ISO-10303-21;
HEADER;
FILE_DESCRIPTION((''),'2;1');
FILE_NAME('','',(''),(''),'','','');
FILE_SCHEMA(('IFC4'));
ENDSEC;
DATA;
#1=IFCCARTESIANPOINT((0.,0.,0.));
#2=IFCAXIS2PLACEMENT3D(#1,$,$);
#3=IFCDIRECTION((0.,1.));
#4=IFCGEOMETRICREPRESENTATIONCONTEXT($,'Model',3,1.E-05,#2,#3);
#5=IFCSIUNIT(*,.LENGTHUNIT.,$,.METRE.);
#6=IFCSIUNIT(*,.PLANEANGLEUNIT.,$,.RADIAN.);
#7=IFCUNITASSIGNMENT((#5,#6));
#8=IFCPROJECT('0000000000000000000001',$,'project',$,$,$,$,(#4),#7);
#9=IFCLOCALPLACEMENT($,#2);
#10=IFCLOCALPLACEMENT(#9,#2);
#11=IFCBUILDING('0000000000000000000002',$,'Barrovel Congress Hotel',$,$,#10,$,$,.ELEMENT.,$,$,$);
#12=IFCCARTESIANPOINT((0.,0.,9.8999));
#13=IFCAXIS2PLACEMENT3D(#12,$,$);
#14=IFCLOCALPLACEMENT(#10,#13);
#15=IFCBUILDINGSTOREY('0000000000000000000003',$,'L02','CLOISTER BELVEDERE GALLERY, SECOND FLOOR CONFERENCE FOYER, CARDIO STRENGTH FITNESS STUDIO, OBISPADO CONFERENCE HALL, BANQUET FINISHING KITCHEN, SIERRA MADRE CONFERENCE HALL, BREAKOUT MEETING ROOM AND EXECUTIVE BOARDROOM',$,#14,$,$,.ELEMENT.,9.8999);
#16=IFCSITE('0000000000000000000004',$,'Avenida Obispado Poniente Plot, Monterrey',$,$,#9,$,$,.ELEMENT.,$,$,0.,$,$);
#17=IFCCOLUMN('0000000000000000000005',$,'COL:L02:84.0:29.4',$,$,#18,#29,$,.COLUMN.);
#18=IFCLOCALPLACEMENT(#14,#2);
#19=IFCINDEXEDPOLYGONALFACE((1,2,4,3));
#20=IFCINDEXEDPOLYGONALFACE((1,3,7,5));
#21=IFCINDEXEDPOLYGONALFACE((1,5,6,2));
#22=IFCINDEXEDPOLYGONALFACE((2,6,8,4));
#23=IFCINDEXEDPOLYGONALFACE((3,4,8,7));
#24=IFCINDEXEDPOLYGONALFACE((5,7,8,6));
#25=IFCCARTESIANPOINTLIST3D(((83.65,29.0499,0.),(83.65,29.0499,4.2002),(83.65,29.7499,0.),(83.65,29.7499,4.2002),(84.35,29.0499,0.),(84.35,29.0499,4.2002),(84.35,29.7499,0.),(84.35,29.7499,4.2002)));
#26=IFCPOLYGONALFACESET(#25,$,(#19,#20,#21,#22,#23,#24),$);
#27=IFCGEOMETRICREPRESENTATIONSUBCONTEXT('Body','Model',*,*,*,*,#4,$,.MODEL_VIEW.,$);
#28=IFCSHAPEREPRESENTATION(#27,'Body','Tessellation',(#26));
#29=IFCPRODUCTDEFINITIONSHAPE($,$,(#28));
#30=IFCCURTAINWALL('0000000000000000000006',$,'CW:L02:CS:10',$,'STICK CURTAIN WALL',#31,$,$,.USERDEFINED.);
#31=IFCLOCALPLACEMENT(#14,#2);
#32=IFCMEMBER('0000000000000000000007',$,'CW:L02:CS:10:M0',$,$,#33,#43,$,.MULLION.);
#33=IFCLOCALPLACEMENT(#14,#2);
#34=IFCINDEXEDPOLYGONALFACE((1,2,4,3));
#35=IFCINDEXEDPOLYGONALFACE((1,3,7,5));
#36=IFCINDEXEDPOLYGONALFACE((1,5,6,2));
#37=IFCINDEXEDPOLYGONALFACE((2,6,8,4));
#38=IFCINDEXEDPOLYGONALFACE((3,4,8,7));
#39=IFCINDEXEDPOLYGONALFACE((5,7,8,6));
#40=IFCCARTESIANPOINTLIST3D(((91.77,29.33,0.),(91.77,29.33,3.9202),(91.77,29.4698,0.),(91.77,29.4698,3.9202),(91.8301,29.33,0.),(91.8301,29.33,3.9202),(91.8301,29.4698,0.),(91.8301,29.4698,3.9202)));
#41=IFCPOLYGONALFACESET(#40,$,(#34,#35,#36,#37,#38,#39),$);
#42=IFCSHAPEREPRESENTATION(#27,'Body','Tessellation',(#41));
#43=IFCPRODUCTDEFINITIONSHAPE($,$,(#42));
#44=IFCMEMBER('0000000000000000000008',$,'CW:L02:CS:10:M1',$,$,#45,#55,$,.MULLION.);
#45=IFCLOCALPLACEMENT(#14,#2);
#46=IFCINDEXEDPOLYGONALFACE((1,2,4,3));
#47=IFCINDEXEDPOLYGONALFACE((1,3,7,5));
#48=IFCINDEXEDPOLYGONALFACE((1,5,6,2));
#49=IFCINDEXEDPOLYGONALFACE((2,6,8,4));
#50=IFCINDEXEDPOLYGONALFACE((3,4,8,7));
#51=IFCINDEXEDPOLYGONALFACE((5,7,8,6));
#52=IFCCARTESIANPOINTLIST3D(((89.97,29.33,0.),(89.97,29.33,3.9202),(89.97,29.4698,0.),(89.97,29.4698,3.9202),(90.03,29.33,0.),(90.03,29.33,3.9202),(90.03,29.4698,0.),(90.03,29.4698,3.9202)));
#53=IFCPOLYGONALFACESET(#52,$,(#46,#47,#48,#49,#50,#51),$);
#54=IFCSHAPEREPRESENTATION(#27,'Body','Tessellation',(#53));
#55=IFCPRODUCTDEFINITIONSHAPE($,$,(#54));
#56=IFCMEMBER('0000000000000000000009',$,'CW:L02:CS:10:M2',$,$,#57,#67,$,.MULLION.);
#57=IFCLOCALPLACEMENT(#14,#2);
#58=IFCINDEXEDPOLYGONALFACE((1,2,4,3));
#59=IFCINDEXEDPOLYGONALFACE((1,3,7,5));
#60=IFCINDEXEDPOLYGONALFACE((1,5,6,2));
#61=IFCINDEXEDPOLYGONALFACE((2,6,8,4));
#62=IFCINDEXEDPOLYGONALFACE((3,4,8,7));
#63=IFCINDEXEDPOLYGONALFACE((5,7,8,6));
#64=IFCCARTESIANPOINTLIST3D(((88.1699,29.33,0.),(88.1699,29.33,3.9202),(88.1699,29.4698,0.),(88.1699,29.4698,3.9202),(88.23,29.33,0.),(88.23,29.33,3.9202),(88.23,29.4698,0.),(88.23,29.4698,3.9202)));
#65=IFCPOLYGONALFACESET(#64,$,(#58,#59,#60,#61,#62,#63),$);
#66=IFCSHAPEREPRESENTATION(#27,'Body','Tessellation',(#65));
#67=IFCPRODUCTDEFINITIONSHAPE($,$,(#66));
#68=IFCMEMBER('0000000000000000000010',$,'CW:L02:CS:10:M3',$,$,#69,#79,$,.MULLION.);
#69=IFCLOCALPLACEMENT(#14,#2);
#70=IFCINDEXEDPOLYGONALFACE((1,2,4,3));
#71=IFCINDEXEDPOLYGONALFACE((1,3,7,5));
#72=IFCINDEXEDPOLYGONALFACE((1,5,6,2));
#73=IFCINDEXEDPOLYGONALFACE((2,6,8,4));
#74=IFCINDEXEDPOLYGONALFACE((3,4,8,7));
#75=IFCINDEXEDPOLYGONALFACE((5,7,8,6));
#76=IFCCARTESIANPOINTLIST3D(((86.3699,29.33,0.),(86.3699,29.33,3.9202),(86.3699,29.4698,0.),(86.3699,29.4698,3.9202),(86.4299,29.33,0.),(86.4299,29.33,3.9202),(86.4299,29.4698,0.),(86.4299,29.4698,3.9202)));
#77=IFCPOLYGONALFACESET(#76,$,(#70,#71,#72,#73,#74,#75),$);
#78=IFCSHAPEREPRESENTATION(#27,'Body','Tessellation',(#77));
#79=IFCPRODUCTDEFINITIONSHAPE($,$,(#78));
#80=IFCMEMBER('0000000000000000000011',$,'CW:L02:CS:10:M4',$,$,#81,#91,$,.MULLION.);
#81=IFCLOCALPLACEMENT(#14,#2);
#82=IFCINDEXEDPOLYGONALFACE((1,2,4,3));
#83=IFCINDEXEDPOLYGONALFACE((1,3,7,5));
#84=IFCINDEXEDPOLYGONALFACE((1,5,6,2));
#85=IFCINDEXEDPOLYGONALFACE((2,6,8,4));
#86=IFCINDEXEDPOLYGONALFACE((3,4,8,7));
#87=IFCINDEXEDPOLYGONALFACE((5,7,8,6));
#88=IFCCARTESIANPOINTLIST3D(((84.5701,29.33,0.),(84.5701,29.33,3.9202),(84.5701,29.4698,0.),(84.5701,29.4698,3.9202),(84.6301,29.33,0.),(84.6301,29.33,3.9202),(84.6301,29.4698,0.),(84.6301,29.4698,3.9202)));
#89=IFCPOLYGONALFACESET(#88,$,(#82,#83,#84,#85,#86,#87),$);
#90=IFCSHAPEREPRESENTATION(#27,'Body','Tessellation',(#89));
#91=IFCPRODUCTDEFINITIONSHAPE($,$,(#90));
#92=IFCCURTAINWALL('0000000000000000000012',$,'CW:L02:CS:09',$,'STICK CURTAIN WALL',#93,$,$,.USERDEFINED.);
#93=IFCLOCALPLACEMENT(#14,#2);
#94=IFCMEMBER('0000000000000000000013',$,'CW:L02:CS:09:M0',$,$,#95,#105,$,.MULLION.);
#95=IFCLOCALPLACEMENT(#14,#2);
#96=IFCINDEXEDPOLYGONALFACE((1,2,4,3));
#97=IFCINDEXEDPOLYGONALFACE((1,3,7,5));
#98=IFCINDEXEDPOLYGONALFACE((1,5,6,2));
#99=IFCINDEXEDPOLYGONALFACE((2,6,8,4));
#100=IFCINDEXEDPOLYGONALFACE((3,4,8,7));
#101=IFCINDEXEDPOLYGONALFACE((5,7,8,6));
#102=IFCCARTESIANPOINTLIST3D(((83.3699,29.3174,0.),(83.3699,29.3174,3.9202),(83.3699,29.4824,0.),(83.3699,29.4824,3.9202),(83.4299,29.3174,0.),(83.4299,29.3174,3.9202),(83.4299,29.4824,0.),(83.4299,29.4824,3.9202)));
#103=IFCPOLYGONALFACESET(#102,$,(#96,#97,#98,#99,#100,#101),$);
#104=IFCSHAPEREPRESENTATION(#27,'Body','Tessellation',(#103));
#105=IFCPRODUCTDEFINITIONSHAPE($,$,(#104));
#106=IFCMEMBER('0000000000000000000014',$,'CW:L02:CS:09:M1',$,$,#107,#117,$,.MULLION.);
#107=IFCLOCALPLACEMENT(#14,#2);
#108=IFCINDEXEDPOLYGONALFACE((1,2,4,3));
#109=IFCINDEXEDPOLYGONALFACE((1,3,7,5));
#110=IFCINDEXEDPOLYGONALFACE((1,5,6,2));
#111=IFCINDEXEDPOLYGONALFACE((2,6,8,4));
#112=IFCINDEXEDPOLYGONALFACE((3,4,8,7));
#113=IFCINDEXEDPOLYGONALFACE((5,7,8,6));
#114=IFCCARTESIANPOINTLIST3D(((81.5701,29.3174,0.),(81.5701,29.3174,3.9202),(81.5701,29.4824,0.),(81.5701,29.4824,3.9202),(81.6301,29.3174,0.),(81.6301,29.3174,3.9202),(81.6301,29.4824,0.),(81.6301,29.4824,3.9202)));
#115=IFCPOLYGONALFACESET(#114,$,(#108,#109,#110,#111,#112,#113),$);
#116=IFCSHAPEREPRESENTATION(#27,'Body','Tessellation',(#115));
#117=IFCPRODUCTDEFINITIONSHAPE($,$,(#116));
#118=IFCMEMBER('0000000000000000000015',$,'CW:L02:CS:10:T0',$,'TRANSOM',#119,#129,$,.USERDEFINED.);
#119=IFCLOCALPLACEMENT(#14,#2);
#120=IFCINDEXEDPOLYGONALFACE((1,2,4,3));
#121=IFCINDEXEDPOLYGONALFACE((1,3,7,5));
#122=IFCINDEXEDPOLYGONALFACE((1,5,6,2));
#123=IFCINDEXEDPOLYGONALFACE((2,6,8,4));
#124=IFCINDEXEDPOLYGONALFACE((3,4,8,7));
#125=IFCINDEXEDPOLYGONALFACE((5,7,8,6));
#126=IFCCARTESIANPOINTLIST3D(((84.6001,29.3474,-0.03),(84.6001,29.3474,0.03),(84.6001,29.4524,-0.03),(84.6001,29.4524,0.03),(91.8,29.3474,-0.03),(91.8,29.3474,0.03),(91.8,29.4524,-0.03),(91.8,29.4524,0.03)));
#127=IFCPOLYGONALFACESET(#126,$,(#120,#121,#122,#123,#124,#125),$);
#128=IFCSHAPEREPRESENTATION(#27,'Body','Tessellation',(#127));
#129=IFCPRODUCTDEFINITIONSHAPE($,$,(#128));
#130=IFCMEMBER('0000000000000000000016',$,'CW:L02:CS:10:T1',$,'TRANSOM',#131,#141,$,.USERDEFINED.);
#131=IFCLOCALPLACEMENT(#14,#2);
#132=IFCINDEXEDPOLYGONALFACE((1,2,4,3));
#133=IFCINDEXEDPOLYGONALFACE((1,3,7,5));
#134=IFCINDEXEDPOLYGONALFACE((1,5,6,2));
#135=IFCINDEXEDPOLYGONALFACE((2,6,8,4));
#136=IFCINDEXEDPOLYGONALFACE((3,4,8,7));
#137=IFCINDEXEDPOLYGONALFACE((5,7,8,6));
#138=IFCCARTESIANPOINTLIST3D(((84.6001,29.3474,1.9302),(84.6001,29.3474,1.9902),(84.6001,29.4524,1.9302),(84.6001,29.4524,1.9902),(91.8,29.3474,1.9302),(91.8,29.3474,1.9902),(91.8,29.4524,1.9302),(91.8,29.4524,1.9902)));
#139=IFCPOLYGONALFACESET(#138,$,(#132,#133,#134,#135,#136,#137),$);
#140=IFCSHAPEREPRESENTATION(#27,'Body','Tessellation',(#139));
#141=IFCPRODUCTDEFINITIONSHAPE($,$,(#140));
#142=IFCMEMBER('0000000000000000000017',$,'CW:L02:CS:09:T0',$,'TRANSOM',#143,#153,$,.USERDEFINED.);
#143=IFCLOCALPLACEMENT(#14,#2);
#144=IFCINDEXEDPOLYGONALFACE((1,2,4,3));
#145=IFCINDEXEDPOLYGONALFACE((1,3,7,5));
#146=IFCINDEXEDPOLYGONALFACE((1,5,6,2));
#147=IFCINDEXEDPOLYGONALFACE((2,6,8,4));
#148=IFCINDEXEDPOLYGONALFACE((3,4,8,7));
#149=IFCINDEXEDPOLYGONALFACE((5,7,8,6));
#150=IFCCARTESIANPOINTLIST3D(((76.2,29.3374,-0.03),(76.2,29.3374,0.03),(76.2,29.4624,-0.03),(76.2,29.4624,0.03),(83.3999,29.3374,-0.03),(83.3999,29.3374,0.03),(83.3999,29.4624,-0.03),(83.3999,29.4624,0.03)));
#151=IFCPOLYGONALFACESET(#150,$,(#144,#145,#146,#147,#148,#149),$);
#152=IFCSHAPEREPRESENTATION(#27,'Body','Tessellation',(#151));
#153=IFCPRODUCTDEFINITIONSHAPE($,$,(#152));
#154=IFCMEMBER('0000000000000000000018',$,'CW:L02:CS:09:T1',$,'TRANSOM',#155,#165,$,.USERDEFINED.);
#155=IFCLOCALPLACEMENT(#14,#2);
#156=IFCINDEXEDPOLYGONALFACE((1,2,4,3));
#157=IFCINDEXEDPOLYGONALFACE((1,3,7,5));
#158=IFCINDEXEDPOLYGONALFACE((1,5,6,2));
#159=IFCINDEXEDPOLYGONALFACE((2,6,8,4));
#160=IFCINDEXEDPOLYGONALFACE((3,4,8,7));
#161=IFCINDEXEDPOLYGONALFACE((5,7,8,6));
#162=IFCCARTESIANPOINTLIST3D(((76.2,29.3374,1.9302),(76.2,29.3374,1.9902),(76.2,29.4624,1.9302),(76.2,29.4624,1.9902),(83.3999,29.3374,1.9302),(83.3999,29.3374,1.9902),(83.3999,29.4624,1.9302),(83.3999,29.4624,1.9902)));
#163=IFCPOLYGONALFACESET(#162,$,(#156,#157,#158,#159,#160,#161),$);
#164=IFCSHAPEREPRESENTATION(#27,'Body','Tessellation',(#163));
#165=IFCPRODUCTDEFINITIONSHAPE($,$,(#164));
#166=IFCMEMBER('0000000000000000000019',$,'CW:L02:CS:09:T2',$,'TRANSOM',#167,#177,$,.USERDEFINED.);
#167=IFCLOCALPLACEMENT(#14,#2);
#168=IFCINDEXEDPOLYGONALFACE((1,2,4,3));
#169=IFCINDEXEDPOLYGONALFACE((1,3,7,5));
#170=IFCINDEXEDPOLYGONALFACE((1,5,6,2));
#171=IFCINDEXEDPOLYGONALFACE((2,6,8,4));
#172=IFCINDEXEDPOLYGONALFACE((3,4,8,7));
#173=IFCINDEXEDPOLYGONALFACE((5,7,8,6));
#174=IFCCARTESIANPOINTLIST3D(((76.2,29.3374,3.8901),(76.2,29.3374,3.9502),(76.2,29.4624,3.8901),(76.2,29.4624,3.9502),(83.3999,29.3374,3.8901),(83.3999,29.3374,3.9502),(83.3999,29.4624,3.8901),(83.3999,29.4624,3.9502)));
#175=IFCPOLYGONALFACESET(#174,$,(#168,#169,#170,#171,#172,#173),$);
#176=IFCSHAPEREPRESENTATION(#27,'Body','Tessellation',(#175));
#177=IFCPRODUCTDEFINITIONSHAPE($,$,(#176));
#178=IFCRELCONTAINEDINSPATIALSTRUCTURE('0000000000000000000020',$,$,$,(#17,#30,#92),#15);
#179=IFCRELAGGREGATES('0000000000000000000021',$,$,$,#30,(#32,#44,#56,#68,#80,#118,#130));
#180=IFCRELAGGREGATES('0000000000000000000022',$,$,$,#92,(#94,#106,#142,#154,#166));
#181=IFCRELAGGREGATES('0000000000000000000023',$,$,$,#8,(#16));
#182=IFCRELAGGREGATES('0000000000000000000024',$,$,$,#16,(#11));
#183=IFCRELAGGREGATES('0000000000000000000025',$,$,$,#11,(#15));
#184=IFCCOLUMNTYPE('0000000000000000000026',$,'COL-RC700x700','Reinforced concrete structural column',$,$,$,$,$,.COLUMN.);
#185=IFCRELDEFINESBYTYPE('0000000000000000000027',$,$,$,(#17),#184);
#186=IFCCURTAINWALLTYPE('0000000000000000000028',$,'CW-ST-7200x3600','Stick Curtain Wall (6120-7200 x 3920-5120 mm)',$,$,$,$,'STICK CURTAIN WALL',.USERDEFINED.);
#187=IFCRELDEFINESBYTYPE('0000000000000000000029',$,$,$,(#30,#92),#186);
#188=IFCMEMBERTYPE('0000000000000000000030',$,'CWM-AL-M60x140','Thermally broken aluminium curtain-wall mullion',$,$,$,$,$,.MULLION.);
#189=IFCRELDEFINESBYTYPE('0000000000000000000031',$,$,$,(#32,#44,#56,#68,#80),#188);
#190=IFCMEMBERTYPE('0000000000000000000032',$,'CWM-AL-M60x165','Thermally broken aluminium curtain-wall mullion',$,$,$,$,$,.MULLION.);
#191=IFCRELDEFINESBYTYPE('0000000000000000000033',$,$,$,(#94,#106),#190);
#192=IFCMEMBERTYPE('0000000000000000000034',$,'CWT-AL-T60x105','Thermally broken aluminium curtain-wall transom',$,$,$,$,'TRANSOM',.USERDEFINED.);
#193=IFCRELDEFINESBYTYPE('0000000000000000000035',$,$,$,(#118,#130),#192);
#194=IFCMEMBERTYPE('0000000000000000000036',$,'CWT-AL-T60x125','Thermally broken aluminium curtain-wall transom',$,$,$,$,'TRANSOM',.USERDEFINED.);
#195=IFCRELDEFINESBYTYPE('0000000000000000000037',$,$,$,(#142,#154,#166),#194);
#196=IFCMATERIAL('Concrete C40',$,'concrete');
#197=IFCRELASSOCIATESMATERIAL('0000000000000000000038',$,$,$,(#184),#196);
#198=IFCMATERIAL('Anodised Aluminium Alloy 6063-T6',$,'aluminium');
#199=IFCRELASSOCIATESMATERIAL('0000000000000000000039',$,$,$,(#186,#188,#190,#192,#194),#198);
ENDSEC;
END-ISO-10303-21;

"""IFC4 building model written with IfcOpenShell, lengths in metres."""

from ifc_helpers import new_model, si_unit, direction, frame, origin, origin_2d, place, context, subcontext, project, spatial, rectangle, extrude, material, material_profile, profile_set, type_object, element, aggregate, save


model = new_model("IFC4")

# Units and contexts
model_context = context("Model", 3, precision=1e-05, world=origin(), true_north=direction((0.0, 1.0)))
body_context = subcontext(model_context, "Body", "Model", "MODEL_VIEW")
ifc_project = project(units=[si_unit("LENGTHUNIT", "METRE"), si_unit("PLANEANGLEUNIT", "RADIAN")], contexts=[model_context])

# Site, building, storey
site_placement = place(None, origin())
site = spatial("IfcSite", under=ifc_project, at=site_placement, Name="Avenida Obispado Poniente Plot, Monterrey", CompositionType="ELEMENT", RefElevation=0.0)
building_placement = place(site_placement, origin())
building = spatial("IfcBuilding", under=site, at=building_placement, Name="Barrovel Congress Hotel", CompositionType="ELEMENT")
storey_placement = place(building_placement, frame((0.0, 0.0, 9.8999)))
storey = spatial("IfcBuildingStorey", under=building, at=storey_placement, Name="L02", Description="CLOISTER BELVEDERE GALLERY, SECOND FLOOR CONFERENCE FOYER, CARDIO STRENGTH FITNESS STUDIO, OBISPADO CONFERENCE HALL, BANQUET FINISHING KITCHEN, SIERRA MADRE CONFERENCE HALL, BREAKOUT MEETING ROOM AND EXECUTIVE BOARDROOM", CompositionType="ELEMENT", Elevation=9.8999)

# Column
ifc_material_1 = material(Name="Concrete C40", Category="concrete")
ifc_material_profile_1 = material_profile(ifc_material_1, rectangle(XDim=0.7, YDim=0.7, at=origin_2d()), Name="RC700x700")
ifc_profile_set_1 = profile_set([ifc_material_profile_1], Name="Concrete C40")
column_type = type_object("IfcColumnType", Name="COL-RC700x700", Description="Reinforced concrete structural column", PredefinedType="COLUMN", material=ifc_profile_set_1)
column_placement = place(storey_placement, frame((84.0, 29.3999, 0.0), z_axis=(0.0, 0.0, 1.0), x_axis=(1.0, 0.0, 0.0)))
element("IfcColumn", 1, at=column_placement, inside=storey, type_object=column_type, Name="COL:L02:84.0:29.4", PredefinedType="COLUMN", context=body_context, shape_type="SweptSolid", body=[
    extrude(rectangle(XDim=0.7, YDim=0.7, at=origin_2d()), origin(), (0.0, 0.0, 1.0), 4.2002),
])

# Curtain walls, members
ifc_material_2 = material(Name="Anodised Aluminium Alloy 6063-T6", Category="aluminium")
curtain_wall_type = type_object("IfcCurtainWallType", Name="CW-ST-7200x3600", Description="Stick Curtain Wall (6120-7200 x 3920-5120 mm)", ElementType="STICK CURTAIN WALL", PredefinedType="USERDEFINED", material=ifc_material_2)
curtain_wall_1_placement = place(storey_placement, origin())
curtain_wall_1 = element("IfcCurtainWall", 2, at=curtain_wall_1_placement, inside=storey, type_object=curtain_wall_type, Name="CW:L02:CS:10", ObjectType="STICK CURTAIN WALL", PredefinedType="USERDEFINED")
ifc_material_profile_2 = material_profile(ifc_material_2, rectangle(XDim=0.0601, YDim=0.1399, at=origin_2d()), Name="AL-M60x140")
ifc_profile_set_2 = profile_set([ifc_material_profile_2], Name="Anodised Aluminium Alloy 6063-T6")
member_type_1 = type_object("IfcMemberType", Name="CWM-AL-M60x140", Description="Thermally broken aluminium curtain-wall mullion", PredefinedType="MULLION", material=ifc_profile_set_2)
member_1_placement = place(storey_placement, frame((91.8, 29.3999, 0.0), z_axis=(0.0, 0.0, 1.0), x_axis=(1.0, 0.0, 0.0)))
member_1 = element("IfcMember", 3, at=member_1_placement, type_object=member_type_1, Name="CW:L02:CS:10:M0", PredefinedType="MULLION", context=body_context, shape_type="SweptSolid", body=[
    extrude(rectangle(XDim=0.0601, YDim=0.1399, at=origin_2d()), origin(), (0.0, 0.0, 1.0), 3.9202),
])
member_2_placement = place(storey_placement, frame((90.0, 29.3999, 0.0), z_axis=(0.0, 0.0, 1.0), x_axis=(1.0, 0.0, 0.0)))
member_2 = element("IfcMember", 4, at=member_2_placement, type_object=member_type_1, Name="CW:L02:CS:10:M1", PredefinedType="MULLION", context=body_context, shape_type="SweptSolid", body=[
    extrude(rectangle(XDim=0.0601, YDim=0.1399, at=origin_2d()), origin(), (0.0, 0.0, 1.0), 3.9202),
])
member_3_placement = place(storey_placement, frame((88.2, 29.3999, 0.0), z_axis=(0.0, 0.0, 1.0), x_axis=(1.0, 0.0, 0.0)))
member_3 = element("IfcMember", 5, at=member_3_placement, type_object=member_type_1, Name="CW:L02:CS:10:M2", PredefinedType="MULLION", context=body_context, shape_type="SweptSolid", body=[
    extrude(rectangle(XDim=0.0601, YDim=0.1399, at=origin_2d()), origin(), (0.0, 0.0, 1.0), 3.9202),
])
member_4_placement = place(storey_placement, frame((86.3999, 29.3999, 0.0), z_axis=(0.0, 0.0, 1.0), x_axis=(1.0, 0.0, 0.0)))
member_4 = element("IfcMember", 6, at=member_4_placement, type_object=member_type_1, Name="CW:L02:CS:10:M3", PredefinedType="MULLION", context=body_context, shape_type="SweptSolid", body=[
    extrude(rectangle(XDim=0.0601, YDim=0.1399, at=origin_2d()), origin(), (0.0, 0.0, 1.0), 3.9202),
])
member_5_placement = place(storey_placement, frame((84.6001, 29.3999, 0.0), z_axis=(0.0, 0.0, 1.0), x_axis=(1.0, 0.0, 0.0)))
member_5 = element("IfcMember", 7, at=member_5_placement, type_object=member_type_1, Name="CW:L02:CS:10:M4", PredefinedType="MULLION", context=body_context, shape_type="SweptSolid", body=[
    extrude(rectangle(XDim=0.0601, YDim=0.1399, at=origin_2d()), origin(), (0.0, 0.0, 1.0), 3.9202),
])
curtain_wall_2_placement = place(storey_placement, origin())
curtain_wall_2 = element("IfcCurtainWall", 8, at=curtain_wall_2_placement, inside=storey, type_object=curtain_wall_type, Name="CW:L02:CS:09", ObjectType="STICK CURTAIN WALL", PredefinedType="USERDEFINED")
ifc_material_profile_3 = material_profile(ifc_material_2, rectangle(XDim=0.0601, YDim=0.165, at=origin_2d()), Name="AL-M60x165")
ifc_profile_set_3 = profile_set([ifc_material_profile_3], Name="Anodised Aluminium Alloy 6063-T6")
member_type_2 = type_object("IfcMemberType", Name="CWM-AL-M60x165", Description="Thermally broken aluminium curtain-wall mullion", PredefinedType="MULLION", material=ifc_profile_set_3)
member_6_placement = place(storey_placement, frame((83.3999, 29.3999, 0.0), z_axis=(0.0, 0.0, 1.0), x_axis=(1.0, 0.0, 0.0)))
member_6 = element("IfcMember", 9, at=member_6_placement, type_object=member_type_2, Name="CW:L02:CS:09:M0", PredefinedType="MULLION", context=body_context, shape_type="SweptSolid", body=[
    extrude(rectangle(XDim=0.0601, YDim=0.165, at=origin_2d()), origin(), (0.0, 0.0, 1.0), 3.9202),
])
member_7_placement = place(storey_placement, frame((81.6001, 29.3999, 0.0), z_axis=(0.0, 0.0, 1.0), x_axis=(1.0, 0.0, 0.0)))
member_7 = element("IfcMember", 10, at=member_7_placement, type_object=member_type_2, Name="CW:L02:CS:09:M1", PredefinedType="MULLION", context=body_context, shape_type="SweptSolid", body=[
    extrude(rectangle(XDim=0.0601, YDim=0.165, at=origin_2d()), origin(), (0.0, 0.0, 1.0), 3.9202),
])

# Members
ifc_material_profile_4 = material_profile(ifc_material_2, rectangle(XDim=0.105, YDim=0.0601, at=origin_2d()), Name="AL-T60x105")
ifc_profile_set_4 = profile_set([ifc_material_profile_4], Name="Anodised Aluminium Alloy 6063-T6")
member_type_3 = type_object("IfcMemberType", Name="CWT-AL-T60x105", Description="Thermally broken aluminium curtain-wall transom", ElementType="TRANSOM", PredefinedType="USERDEFINED", material=ifc_profile_set_4)
member_8_placement = place(storey_placement, frame((91.8, 29.3999, 0.0), z_axis=(-1.0, 0.0, 0.0), x_axis=(0.0, -1.0, 0.0)))
member_8 = element("IfcMember", 11, at=member_8_placement, type_object=member_type_3, Name="CW:L02:CS:10:T0", ObjectType="TRANSOM", PredefinedType="USERDEFINED", context=body_context, shape_type="SweptSolid", body=[
    extrude(rectangle(XDim=0.105, YDim=0.0601, at=origin_2d()), origin(), (0.0, 0.0, 1.0), 7.2),
])
member_9_placement = place(storey_placement, frame((91.8, 29.3999, 1.9602), z_axis=(-1.0, 0.0, 0.0), x_axis=(0.0, -1.0, 0.0)))
member_9 = element("IfcMember", 12, at=member_9_placement, type_object=member_type_3, Name="CW:L02:CS:10:T1", ObjectType="TRANSOM", PredefinedType="USERDEFINED", context=body_context, shape_type="SweptSolid", body=[
    extrude(rectangle(XDim=0.105, YDim=0.0601, at=origin_2d()), origin(), (0.0, 0.0, 1.0), 7.2),
])
ifc_material_profile_5 = material_profile(ifc_material_2, rectangle(XDim=0.125, YDim=0.0601, at=origin_2d()), Name="AL-T60x125")
ifc_profile_set_5 = profile_set([ifc_material_profile_5], Name="Anodised Aluminium Alloy 6063-T6")
member_type_4 = type_object("IfcMemberType", Name="CWT-AL-T60x125", Description="Thermally broken aluminium curtain-wall transom", ElementType="TRANSOM", PredefinedType="USERDEFINED", material=ifc_profile_set_5)
member_10_placement = place(storey_placement, frame((83.3999, 29.3999, 0.0), z_axis=(-1.0, 0.0, 0.0), x_axis=(0.0, -1.0, 0.0)))
member_10 = element("IfcMember", 13, at=member_10_placement, type_object=member_type_4, Name="CW:L02:CS:09:T0", ObjectType="TRANSOM", PredefinedType="USERDEFINED", context=body_context, shape_type="SweptSolid", body=[
    extrude(rectangle(XDim=0.125, YDim=0.0601, at=origin_2d()), origin(), (0.0, 0.0, 1.0), 7.2),
])
member_11_placement = place(storey_placement, frame((83.3999, 29.3999, 1.9602), z_axis=(-1.0, 0.0, 0.0), x_axis=(0.0, -1.0, 0.0)))
member_11 = element("IfcMember", 14, at=member_11_placement, type_object=member_type_4, Name="CW:L02:CS:09:T1", ObjectType="TRANSOM", PredefinedType="USERDEFINED", context=body_context, shape_type="SweptSolid", body=[
    extrude(rectangle(XDim=0.125, YDim=0.0601, at=origin_2d()), origin(), (0.0, 0.0, 1.0), 7.2),
])
member_12_placement = place(storey_placement, frame((83.3999, 29.3999, 3.9202), z_axis=(-1.0, 0.0, 0.0), x_axis=(0.0, -1.0, 0.0)))
member_12 = element("IfcMember", 15, at=member_12_placement, type_object=member_type_4, Name="CW:L02:CS:09:T2", ObjectType="TRANSOM", PredefinedType="USERDEFINED", context=body_context, shape_type="SweptSolid", body=[
    extrude(rectangle(XDim=0.125, YDim=0.0601, at=origin_2d()), origin(), (0.0, 0.0, 1.0), 7.2),
])

aggregate(curtain_wall_1, [member_1, member_2, member_3, member_4, member_5, member_8, member_9])
aggregate(curtain_wall_2, [member_6, member_7, member_10, member_11, member_12])

save(model, "model.ifc")
